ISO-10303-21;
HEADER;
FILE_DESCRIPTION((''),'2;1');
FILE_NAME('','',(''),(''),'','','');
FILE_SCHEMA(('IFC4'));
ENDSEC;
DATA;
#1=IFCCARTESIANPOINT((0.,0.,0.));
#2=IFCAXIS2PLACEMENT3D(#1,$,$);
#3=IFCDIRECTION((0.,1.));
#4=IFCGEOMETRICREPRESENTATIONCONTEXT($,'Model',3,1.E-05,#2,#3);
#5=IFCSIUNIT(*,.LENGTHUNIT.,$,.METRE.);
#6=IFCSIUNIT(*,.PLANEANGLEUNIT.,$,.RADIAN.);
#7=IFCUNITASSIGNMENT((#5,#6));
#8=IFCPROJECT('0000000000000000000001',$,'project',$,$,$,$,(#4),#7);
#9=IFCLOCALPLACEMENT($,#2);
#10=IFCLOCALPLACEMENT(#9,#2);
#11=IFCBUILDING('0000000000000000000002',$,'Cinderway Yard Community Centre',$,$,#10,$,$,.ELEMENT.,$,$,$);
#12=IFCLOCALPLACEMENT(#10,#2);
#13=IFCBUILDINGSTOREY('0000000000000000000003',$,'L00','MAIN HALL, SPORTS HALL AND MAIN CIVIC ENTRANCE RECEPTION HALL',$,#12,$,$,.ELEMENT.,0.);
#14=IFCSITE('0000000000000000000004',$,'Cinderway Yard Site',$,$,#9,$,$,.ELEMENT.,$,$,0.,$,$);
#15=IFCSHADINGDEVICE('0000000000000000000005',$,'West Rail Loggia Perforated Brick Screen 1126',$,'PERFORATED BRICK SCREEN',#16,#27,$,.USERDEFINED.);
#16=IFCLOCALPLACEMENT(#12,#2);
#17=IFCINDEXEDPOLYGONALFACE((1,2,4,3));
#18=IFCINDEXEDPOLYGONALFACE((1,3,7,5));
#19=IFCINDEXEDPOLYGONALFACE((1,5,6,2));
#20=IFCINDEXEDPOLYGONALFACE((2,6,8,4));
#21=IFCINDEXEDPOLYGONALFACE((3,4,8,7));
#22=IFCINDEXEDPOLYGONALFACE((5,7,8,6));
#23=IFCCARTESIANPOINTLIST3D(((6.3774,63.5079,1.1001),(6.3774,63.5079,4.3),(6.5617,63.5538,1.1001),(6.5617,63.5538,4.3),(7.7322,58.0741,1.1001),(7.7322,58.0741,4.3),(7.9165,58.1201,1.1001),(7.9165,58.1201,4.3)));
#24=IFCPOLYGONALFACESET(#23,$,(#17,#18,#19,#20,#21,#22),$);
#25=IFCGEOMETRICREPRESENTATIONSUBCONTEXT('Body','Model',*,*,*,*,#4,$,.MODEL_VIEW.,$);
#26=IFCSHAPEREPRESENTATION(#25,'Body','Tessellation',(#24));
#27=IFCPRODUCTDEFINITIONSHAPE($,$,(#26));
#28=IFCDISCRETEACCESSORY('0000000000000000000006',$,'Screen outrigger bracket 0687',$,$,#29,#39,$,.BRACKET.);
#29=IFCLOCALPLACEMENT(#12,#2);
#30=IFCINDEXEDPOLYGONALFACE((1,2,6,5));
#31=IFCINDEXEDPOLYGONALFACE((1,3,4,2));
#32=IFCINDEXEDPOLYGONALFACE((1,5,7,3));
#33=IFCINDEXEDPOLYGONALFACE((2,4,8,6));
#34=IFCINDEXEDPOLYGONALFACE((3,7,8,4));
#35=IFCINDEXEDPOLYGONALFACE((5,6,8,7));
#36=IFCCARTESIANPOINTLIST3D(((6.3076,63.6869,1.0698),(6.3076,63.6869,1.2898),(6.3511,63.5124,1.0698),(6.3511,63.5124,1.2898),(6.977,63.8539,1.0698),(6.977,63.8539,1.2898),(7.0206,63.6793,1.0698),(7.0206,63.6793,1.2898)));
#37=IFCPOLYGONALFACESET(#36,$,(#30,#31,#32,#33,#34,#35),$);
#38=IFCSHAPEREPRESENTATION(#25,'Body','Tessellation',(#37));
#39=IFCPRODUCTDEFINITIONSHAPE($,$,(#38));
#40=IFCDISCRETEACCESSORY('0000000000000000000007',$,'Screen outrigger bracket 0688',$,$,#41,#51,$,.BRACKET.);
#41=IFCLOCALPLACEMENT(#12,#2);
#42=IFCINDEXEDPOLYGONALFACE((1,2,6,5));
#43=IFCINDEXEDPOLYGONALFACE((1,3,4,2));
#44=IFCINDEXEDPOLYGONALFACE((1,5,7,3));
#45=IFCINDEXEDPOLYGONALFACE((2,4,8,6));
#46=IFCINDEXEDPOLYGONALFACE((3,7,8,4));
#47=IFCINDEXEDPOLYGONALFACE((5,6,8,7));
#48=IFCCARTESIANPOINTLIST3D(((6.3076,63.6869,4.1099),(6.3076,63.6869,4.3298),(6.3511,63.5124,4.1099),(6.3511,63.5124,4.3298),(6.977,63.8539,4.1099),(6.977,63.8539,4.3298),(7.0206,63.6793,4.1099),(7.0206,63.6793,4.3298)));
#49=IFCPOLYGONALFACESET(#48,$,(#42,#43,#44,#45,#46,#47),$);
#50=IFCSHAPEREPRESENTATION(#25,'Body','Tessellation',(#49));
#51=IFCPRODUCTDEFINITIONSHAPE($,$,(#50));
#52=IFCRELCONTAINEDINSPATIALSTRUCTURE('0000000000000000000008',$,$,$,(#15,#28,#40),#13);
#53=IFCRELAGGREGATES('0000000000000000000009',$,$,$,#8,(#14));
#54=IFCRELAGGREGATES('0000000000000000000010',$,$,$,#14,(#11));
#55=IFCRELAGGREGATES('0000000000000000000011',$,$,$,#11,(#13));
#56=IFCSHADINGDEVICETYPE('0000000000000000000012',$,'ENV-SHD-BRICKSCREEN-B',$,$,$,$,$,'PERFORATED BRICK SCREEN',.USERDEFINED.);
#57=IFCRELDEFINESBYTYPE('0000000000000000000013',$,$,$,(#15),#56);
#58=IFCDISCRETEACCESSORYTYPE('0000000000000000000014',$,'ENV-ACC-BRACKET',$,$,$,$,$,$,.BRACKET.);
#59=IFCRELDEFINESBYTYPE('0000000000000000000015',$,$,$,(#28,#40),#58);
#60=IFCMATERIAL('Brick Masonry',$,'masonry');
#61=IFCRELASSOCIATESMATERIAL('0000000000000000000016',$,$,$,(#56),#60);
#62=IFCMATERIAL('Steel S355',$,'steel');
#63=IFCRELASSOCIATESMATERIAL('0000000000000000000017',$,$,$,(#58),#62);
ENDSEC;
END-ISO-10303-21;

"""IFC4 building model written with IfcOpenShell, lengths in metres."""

from ifc_helpers import new_model, si_unit, direction, frame, origin, origin_2d, place, context, subcontext, project, spatial, rectangle, extrude, material, type_object, element, save


model = new_model("IFC4")

# Units and contexts
model_context = context("Model", 3, precision=1e-05, world=origin(), true_north=direction((0.0, 1.0)))
body_context = subcontext(model_context, "Body", "Model", "MODEL_VIEW")
ifc_project = project(units=[si_unit("LENGTHUNIT", "METRE"), si_unit("PLANEANGLEUNIT", "RADIAN")], contexts=[model_context])

# Site, building, storey
site_placement = place(None, origin())
site = spatial("IfcSite", under=ifc_project, at=site_placement, Name="Cinderway Yard Site", CompositionType="ELEMENT", RefElevation=0.0)
building_placement = place(site_placement, origin())
building = spatial("IfcBuilding", under=site, at=building_placement, Name="Cinderway Yard Community Centre", CompositionType="ELEMENT")
storey_placement = place(building_placement, origin())
storey = spatial("IfcBuildingStorey", under=building, at=storey_placement, Name="L00", Description="MAIN HALL, SPORTS HALL AND MAIN CIVIC ENTRANCE RECEPTION HALL", CompositionType="ELEMENT", Elevation=0.0)

# Shared definitions
ifc_material_1 = material(Name="Steel S355", Category="steel")

# Shared definitions
ifc_material_2 = material(Name="Brick Masonry", Category="masonry")

# Shading device
shading_device_type = type_object("IfcShadingDeviceType", Name="ENV-SHD-BRICKSCREEN-B", ElementType="PERFORATED BRICK SCREEN", PredefinedType="USERDEFINED", material=ifc_material_2)
shading_device_placement = place(storey_placement, frame((7.147, 60.814, 1.1001), z_axis=(0.0, 0.0, 1.0), x_axis=(-0.241922, 0.970296, 0.0)))
element("IfcShadingDevice", 1, at=shading_device_placement, inside=storey, type_object=shading_device_type, Name="West Rail Loggia Perforated Brick Screen 1126", ObjectType="PERFORATED BRICK SCREEN", PredefinedType="USERDEFINED", context=body_context, shape_type="SweptSolid", body=[
    extrude(rectangle(XDim=5.6001, YDim=0.1899, at=origin_2d()), origin(), (0.0, 0.0, 1.0), 3.2),
])

# Discrete accessories
discrete_accessory_type = type_object("IfcDiscreteAccessoryType", Name="ENV-ACC-BRACKET", PredefinedType="BRACKET", material=ifc_material_1)
for number, where, z_axis, x_axis, name in (
    (2, (6.6641, 63.6831, 1.0698), (0.0, 0.0, 1.0), (-0.970296, -0.241922, 0.0), "Screen outrigger bracket 0687"),
    (3, (6.6641, 63.6831, 4.1099), (0.0, 0.0, 1.0), (-0.970296, -0.241922, 0.0), "Screen outrigger bracket 0688"),
):
    element("IfcDiscreteAccessory", number, at=place(storey_placement, frame(where, z_axis=z_axis, x_axis=x_axis)), inside=storey, type_object=discrete_accessory_type, Name=name, PredefinedType="BRACKET", context=body_context, shape_type="SweptSolid", body=[
        extrude(rectangle(XDim=0.6899, YDim=0.1799, at=origin_2d()), origin(), (0.0, 0.0, 1.0), 0.22),
    ])

save(model, "model.ifc")
